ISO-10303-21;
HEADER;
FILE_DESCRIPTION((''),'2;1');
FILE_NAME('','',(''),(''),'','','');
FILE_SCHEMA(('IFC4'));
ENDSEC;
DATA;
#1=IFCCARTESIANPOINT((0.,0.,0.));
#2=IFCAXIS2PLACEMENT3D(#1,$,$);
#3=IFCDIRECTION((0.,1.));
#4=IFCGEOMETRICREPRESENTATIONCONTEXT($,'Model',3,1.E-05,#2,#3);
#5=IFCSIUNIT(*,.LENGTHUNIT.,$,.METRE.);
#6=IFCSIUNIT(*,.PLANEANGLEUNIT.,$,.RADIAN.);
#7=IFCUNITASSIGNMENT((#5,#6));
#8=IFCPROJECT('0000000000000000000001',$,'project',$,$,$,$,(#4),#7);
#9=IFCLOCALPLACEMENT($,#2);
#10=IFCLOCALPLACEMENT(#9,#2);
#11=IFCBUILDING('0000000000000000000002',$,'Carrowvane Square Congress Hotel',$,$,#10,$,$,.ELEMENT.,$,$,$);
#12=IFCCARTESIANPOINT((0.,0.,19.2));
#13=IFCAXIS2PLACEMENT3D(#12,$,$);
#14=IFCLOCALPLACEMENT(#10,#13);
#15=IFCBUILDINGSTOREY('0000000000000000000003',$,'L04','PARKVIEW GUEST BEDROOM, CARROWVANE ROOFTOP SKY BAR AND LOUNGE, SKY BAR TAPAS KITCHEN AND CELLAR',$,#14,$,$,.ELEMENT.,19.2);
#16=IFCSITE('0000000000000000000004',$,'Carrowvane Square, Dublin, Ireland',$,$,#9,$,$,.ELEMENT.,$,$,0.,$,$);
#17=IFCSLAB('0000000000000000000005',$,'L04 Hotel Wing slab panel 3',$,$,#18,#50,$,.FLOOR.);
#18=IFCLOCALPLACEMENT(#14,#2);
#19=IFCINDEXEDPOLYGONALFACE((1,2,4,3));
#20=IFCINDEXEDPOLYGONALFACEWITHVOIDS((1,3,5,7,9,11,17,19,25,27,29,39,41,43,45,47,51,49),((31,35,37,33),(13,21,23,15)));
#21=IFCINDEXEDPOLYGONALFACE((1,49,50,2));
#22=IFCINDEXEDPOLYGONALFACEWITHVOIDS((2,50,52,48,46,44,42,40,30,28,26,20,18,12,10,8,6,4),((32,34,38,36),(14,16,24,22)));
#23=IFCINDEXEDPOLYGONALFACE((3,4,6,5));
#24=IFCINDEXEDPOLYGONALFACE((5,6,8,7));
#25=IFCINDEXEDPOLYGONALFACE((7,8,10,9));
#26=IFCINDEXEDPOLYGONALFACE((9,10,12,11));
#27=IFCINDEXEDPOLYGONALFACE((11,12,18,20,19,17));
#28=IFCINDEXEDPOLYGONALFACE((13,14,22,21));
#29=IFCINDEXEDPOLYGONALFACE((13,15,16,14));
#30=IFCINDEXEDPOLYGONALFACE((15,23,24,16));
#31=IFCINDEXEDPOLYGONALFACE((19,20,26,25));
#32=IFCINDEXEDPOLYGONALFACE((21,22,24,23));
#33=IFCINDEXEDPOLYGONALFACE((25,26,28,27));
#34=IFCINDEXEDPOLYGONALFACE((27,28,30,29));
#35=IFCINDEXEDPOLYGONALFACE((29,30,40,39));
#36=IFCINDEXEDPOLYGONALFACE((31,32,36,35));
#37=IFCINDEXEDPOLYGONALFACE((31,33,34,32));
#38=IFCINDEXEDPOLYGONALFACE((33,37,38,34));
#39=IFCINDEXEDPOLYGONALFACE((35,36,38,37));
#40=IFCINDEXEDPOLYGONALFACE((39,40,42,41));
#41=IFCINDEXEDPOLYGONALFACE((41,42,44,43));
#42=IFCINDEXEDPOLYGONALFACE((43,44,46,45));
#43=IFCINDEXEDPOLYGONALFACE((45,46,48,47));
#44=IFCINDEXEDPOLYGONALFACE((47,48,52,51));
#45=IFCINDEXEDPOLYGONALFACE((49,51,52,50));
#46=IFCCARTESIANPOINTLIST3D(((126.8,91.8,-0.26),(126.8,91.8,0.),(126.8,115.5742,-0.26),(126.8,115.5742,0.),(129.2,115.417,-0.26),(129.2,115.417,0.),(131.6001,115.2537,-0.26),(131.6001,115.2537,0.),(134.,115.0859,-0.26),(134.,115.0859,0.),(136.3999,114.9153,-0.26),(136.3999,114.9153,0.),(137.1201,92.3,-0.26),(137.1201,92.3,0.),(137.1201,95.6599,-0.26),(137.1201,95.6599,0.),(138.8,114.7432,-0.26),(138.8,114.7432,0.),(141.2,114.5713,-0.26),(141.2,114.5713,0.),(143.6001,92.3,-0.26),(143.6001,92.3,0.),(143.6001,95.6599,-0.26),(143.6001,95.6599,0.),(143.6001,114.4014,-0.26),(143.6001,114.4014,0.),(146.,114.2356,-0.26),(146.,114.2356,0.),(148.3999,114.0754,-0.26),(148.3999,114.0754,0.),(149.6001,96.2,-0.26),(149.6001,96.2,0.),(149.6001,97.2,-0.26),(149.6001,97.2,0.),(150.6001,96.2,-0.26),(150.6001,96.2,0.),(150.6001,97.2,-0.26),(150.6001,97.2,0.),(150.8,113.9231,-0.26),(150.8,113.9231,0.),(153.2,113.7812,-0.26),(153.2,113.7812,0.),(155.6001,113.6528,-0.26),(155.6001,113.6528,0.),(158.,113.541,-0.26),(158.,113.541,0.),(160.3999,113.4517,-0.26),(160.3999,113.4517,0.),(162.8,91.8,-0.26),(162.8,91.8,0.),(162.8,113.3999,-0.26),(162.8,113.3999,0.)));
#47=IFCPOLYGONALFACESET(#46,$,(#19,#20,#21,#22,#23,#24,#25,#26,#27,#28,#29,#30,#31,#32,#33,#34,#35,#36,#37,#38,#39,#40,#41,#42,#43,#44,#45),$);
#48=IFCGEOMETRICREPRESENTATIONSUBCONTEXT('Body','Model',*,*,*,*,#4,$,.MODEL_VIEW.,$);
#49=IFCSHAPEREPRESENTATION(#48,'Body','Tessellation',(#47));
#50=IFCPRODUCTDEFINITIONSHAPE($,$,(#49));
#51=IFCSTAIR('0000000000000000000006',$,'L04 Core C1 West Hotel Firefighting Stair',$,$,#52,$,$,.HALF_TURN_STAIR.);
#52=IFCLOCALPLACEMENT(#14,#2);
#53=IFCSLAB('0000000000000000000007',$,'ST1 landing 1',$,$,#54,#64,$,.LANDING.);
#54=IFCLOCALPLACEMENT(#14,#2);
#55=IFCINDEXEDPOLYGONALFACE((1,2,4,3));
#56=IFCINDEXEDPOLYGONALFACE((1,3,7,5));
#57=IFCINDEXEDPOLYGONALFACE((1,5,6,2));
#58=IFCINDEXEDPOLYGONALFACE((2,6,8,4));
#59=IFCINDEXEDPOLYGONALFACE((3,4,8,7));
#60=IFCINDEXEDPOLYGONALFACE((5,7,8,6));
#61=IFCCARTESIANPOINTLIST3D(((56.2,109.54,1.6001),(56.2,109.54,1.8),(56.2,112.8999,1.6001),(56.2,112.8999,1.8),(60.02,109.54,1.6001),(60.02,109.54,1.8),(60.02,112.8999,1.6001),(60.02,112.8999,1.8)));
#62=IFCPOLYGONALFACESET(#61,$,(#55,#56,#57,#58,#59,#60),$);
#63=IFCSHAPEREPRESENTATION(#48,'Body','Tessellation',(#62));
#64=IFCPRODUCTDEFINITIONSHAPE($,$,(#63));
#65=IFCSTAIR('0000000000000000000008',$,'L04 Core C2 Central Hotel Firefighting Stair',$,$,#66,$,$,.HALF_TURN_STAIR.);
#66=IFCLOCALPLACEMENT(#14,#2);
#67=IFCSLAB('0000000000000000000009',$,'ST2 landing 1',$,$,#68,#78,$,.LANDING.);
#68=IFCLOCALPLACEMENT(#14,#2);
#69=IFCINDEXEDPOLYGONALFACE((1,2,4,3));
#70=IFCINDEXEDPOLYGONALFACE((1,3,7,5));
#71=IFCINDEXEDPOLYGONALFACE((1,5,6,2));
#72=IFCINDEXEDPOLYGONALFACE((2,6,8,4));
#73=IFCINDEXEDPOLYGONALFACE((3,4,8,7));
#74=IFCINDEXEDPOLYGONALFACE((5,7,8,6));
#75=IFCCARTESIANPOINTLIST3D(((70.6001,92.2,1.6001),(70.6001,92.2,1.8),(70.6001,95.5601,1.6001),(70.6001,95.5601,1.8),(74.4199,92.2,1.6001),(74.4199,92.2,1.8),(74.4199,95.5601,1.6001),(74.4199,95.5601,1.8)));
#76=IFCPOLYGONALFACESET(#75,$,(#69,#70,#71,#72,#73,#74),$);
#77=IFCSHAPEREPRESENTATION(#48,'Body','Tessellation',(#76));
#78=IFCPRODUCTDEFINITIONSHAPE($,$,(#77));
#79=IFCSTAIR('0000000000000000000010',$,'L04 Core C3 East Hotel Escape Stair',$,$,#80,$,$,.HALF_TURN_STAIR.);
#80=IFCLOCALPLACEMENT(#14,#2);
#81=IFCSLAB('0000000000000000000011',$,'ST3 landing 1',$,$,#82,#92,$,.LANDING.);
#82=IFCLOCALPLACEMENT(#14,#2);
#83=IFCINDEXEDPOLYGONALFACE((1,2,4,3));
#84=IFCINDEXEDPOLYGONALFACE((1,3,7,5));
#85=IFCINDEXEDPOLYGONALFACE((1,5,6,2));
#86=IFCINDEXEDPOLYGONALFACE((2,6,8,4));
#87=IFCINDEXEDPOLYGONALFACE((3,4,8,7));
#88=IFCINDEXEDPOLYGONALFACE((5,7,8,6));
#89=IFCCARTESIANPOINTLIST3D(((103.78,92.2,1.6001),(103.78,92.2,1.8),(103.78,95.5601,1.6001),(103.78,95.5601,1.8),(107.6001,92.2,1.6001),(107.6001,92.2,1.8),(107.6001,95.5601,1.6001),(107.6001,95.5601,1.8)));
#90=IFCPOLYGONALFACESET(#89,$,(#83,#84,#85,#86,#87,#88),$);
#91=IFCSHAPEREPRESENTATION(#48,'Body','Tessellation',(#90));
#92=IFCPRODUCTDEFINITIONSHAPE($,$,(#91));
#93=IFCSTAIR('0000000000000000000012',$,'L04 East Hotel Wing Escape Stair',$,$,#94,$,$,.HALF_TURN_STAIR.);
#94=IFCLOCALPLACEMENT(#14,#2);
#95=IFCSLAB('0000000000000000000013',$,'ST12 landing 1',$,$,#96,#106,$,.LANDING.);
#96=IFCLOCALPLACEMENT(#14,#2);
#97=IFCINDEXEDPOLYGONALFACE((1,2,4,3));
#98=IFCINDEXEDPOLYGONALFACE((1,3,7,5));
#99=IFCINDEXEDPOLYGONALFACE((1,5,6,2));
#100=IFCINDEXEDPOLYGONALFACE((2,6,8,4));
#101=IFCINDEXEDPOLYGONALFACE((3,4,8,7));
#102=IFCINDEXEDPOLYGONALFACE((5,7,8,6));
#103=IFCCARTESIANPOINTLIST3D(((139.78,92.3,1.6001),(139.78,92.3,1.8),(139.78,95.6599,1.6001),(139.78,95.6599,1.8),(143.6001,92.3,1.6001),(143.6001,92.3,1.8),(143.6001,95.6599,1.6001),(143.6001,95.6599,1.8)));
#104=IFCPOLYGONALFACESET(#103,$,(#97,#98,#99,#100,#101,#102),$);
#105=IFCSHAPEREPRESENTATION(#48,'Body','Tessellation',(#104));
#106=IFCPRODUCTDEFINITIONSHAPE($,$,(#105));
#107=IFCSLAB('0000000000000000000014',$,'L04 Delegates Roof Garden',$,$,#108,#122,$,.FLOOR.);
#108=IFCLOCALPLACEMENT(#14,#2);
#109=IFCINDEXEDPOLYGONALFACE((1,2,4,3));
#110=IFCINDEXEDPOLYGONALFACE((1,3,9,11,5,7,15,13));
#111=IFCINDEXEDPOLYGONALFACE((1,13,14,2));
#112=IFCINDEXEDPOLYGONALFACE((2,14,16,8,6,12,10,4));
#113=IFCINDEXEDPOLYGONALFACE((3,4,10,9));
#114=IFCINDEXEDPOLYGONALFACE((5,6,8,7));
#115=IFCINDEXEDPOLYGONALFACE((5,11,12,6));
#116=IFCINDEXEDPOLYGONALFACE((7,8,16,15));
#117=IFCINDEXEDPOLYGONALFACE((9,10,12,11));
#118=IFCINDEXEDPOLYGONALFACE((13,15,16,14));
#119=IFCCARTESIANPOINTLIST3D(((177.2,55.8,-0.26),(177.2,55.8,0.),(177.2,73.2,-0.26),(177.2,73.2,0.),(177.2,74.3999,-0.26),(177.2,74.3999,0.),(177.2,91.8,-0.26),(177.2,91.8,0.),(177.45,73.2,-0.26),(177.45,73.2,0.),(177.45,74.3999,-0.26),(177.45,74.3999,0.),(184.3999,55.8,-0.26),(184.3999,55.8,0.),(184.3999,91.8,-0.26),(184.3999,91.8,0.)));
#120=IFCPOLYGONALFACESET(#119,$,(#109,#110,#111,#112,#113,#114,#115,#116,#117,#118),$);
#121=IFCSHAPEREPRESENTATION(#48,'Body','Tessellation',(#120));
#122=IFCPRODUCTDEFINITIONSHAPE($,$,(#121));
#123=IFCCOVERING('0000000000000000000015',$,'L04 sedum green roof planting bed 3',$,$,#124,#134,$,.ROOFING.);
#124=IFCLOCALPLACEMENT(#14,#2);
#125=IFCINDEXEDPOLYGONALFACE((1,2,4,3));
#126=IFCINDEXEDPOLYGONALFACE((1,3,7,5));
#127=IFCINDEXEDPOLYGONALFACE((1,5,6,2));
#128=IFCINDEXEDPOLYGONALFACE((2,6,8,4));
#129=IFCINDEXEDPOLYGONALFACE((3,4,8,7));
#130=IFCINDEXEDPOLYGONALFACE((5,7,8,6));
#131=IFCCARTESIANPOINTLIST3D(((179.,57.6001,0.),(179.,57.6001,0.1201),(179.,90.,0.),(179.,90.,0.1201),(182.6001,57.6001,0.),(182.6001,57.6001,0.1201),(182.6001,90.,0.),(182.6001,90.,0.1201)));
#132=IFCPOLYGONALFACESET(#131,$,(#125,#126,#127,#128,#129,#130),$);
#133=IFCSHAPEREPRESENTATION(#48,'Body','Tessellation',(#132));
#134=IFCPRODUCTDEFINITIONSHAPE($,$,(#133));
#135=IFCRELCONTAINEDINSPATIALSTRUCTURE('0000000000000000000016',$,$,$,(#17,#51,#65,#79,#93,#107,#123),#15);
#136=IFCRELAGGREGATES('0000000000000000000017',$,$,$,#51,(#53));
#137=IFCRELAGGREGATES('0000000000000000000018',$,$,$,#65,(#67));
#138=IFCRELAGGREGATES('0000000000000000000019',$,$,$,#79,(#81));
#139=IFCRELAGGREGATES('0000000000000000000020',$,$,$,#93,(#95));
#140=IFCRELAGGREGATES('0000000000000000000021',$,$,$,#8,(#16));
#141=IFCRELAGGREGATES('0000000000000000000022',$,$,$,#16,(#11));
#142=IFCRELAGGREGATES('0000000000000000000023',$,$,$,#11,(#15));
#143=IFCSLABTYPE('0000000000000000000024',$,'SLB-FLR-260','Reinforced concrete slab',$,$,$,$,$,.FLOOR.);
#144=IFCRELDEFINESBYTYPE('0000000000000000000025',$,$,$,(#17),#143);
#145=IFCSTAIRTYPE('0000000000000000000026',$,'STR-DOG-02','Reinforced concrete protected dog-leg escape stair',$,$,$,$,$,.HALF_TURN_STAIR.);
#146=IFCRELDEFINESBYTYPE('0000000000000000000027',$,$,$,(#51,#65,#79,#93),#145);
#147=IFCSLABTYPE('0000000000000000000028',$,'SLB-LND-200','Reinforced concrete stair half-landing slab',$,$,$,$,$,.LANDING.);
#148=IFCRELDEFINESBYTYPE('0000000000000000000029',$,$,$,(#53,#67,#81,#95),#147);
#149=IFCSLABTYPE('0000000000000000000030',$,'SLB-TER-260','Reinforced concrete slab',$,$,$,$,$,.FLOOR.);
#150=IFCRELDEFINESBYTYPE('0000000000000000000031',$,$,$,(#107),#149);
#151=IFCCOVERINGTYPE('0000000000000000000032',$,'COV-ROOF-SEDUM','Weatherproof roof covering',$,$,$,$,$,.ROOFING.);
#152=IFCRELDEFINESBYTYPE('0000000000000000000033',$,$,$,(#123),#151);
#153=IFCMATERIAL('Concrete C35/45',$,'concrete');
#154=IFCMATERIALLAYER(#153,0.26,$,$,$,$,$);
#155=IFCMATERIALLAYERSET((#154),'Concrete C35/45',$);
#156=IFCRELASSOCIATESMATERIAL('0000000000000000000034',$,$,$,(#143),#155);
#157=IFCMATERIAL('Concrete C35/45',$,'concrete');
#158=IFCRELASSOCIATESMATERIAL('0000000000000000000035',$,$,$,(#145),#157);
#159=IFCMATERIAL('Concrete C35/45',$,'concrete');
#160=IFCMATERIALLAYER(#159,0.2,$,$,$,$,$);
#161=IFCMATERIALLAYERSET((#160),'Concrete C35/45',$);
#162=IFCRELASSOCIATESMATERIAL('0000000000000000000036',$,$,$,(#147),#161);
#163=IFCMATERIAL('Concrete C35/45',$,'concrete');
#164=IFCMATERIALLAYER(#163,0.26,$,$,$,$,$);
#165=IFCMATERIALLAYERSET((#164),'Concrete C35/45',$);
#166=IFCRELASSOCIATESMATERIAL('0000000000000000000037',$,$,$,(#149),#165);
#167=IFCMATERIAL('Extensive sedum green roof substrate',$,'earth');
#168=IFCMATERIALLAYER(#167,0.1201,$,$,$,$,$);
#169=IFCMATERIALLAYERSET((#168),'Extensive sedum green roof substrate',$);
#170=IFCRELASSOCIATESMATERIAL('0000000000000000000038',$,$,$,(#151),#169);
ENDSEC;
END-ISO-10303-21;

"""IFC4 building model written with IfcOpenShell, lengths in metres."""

from ifc_helpers import new_model, si_unit, direction, frame, origin, place, context, subcontext, project, spatial, polyline, outline, extrude, material, layer, layer_set, type_object, element, aggregate, save


model = new_model("IFC4")

# Units and contexts
model_context = context("Model", 3, precision=1e-05, world=origin(), true_north=direction((0.0, 1.0)))
body_context = subcontext(model_context, "Body", "Model", "MODEL_VIEW")
ifc_project = project(units=[si_unit("LENGTHUNIT", "METRE"), si_unit("PLANEANGLEUNIT", "RADIAN")], contexts=[model_context])

# Site, building, storey
site_placement = place(None, origin())
site = spatial("IfcSite", under=ifc_project, at=site_placement, Name="Carrowvane Square, Dublin, Ireland", CompositionType="ELEMENT", RefElevation=0.0)
building_placement = place(site_placement, origin())
building = spatial("IfcBuilding", under=site, at=building_placement, Name="Carrowvane Square Congress Hotel", CompositionType="ELEMENT")
storey_placement = place(building_placement, frame((0.0, 0.0, 19.2)))
storey = spatial("IfcBuildingStorey", under=building, at=storey_placement, Name="L04", Description="PARKVIEW GUEST BEDROOM, CARROWVANE ROOFTOP SKY BAR AND LOUNGE, SKY BAR TAPAS KITCHEN AND CELLAR", CompositionType="ELEMENT", Elevation=19.2)

# Slab
ifc_material_1 = material(Name="Concrete C35/45", Category="concrete")
ifc_layer_1 = layer(ifc_material_1, 0.26)
ifc_layer_set_1 = layer_set([ifc_layer_1], Name="Concrete C35/45")
slab_type_1 = type_object("IfcSlabType", Name="SLB-FLR-260", Description="Reinforced concrete slab", PredefinedType="FLOOR", material=ifc_layer_set_1)
slab_1_placement = place(storey_placement, frame((0.0, 0.0, -0.26)))
element("IfcSlab", 1, at=slab_1_placement, inside=storey, type_object=slab_type_1, Name="L04 Hotel Wing slab panel 3", PredefinedType="FLOOR", context=body_context, shape_type="SweptSolid", body=[
    extrude(outline(polyline([(126.8, 91.8), (162.8, 91.8), (162.8, 113.3999), (160.3999, 113.4517), (158.0, 113.541), (155.6001, 113.6528), (153.2, 113.7812), (150.8, 113.9231), (148.3999, 114.0754), (146.0, 114.2356), (143.6001, 114.4014), (141.2, 114.5713), (138.8, 114.7432), (136.3999, 114.9153), (134.0, 115.0859), (131.6001, 115.2537), (129.2, 115.417), (126.8, 115.5742), (126.8, 91.8)]), holes=[polyline([(137.1201, 92.3), (143.6001, 92.3), (143.6001, 95.6599), (137.1201, 95.6599), (137.1201, 92.3)]), polyline([(149.6001, 96.2), (150.6001, 96.2), (150.6001, 97.2), (149.6001, 97.2), (149.6001, 96.2)])]), origin(), (0.0, 0.0, 1.0), 0.26),
])

# Stairs, slabs
ifc_material_2 = material(Name="Concrete C35/45", Category="concrete")
stair_type = type_object("IfcStairType", Name="STR-DOG-02", Description="Reinforced concrete protected dog-leg escape stair", PredefinedType="HALF_TURN_STAIR", material=ifc_material_2)
stair_1_placement = place(storey_placement, origin())
stair_1 = element("IfcStair", 2, at=stair_1_placement, inside=storey, type_object=stair_type, Name="L04 Core C1 West Hotel Firefighting Stair", PredefinedType="HALF_TURN_STAIR")
ifc_material_3 = material(Name="Concrete C35/45", Category="concrete")
ifc_layer_2 = layer(ifc_material_3, 0.2)
ifc_layer_set_2 = layer_set([ifc_layer_2], Name="Concrete C35/45")
slab_type_2 = type_object("IfcSlabType", Name="SLB-LND-200", Description="Reinforced concrete stair half-landing slab", PredefinedType="LANDING", material=ifc_layer_set_2)
slab_2_placement = place(storey_placement, frame((0.0, 0.0, 1.6001)))
slab_2 = element("IfcSlab", 3, at=slab_2_placement, type_object=slab_type_2, Name="ST1 landing 1", PredefinedType="LANDING", context=body_context, shape_type="SweptSolid", body=[
    extrude(outline(polyline([(60.02, 112.8999), (56.2, 112.8999), (56.2, 109.54), (60.02, 109.54), (60.02, 112.8999)])), origin(), (0.0, 0.0, 1.0), 0.2),
])
aggregate(stair_1, [slab_2])
stair_2_placement = place(storey_placement, origin())
stair_2 = element("IfcStair", 4, at=stair_2_placement, inside=storey, type_object=stair_type, Name="L04 Core C2 Central Hotel Firefighting Stair", PredefinedType="HALF_TURN_STAIR")
slab_3_placement = place(storey_placement, frame((0.0, 0.0, 1.6001)))
slab_3 = element("IfcSlab", 5, at=slab_3_placement, type_object=slab_type_2, Name="ST2 landing 1", PredefinedType="LANDING", context=body_context, shape_type="SweptSolid", body=[
    extrude(outline(polyline([(74.4199, 95.5601), (70.6001, 95.5601), (70.6001, 92.2), (74.4199, 92.2), (74.4199, 95.5601)])), origin(), (0.0, 0.0, 1.0), 0.2),
])
aggregate(stair_2, [slab_3])
stair_3_placement = place(storey_placement, origin())
stair_3 = element("IfcStair", 6, at=stair_3_placement, inside=storey, type_object=stair_type, Name="L04 Core C3 East Hotel Escape Stair", PredefinedType="HALF_TURN_STAIR")
slab_4_placement = place(storey_placement, frame((0.0, 0.0, 1.6001)))
slab_4 = element("IfcSlab", 7, at=slab_4_placement, type_object=slab_type_2, Name="ST3 landing 1", PredefinedType="LANDING", context=body_context, shape_type="SweptSolid", body=[
    extrude(outline(polyline([(103.78, 92.2), (107.6001, 92.2), (107.6001, 95.5601), (103.78, 95.5601), (103.78, 92.2)])), origin(), (0.0, 0.0, 1.0), 0.2),
])
aggregate(stair_3, [slab_4])
stair_4_placement = place(storey_placement, origin())
stair_4 = element("IfcStair", 8, at=stair_4_placement, inside=storey, type_object=stair_type, Name="L04 East Hotel Wing Escape Stair", PredefinedType="HALF_TURN_STAIR")
slab_5_placement = place(storey_placement, frame((0.0, 0.0, 1.6001)))
slab_5 = element("IfcSlab", 9, at=slab_5_placement, type_object=slab_type_2, Name="ST12 landing 1", PredefinedType="LANDING", context=body_context, shape_type="SweptSolid", body=[
    extrude(outline(polyline([(139.78, 92.3), (143.6001, 92.3), (143.6001, 95.6599), (139.78, 95.6599), (139.78, 92.3)])), origin(), (0.0, 0.0, 1.0), 0.2),
])
aggregate(stair_4, [slab_5])

# Slab
ifc_material_4 = material(Name="Concrete C35/45", Category="concrete")
ifc_layer_3 = layer(ifc_material_4, 0.26)
ifc_layer_set_3 = layer_set([ifc_layer_3], Name="Concrete C35/45")
slab_type_3 = type_object("IfcSlabType", Name="SLB-TER-260", Description="Reinforced concrete slab", PredefinedType="FLOOR", material=ifc_layer_set_3)
slab_6_placement = place(storey_placement, frame((0.0, 0.0, -0.26)))
element("IfcSlab", 10, at=slab_6_placement, inside=storey, type_object=slab_type_3, Name="L04 Delegates Roof Garden", PredefinedType="FLOOR", context=body_context, shape_type="SweptSolid", body=[
    extrude(outline(polyline([(177.2, 55.8), (184.3999, 55.8), (184.3999, 91.8), (177.2, 91.8), (177.2, 74.3999), (177.45, 74.3999), (177.45, 73.2), (177.2, 73.2), (177.2, 55.8)])), origin(), (0.0, 0.0, 1.0), 0.26),
])

# Covering
ifc_material_5 = material(Name="Extensive sedum green roof substrate", Category="earth")
ifc_layer_4 = layer(ifc_material_5, 0.1201)
ifc_layer_set_4 = layer_set([ifc_layer_4], Name="Extensive sedum green roof substrate")
covering_type = type_object("IfcCoveringType", Name="COV-ROOF-SEDUM", Description="Weatherproof roof covering", PredefinedType="ROOFING", material=ifc_layer_set_4)
covering_placement = place(storey_placement, origin())
element("IfcCovering", 11, at=covering_placement, inside=storey, type_object=covering_type, Name="L04 sedum green roof planting bed 3", PredefinedType="ROOFING", context=body_context, shape_type="SweptSolid", body=[
    extrude(outline(polyline([(179.0, 57.6001), (179.0, 90.0), (182.6001, 90.0), (182.6001, 57.6001), (179.0, 57.6001)])), origin(), (0.0, 0.0, 1.0), 0.1201),
])

save(model, "model.ifc")
